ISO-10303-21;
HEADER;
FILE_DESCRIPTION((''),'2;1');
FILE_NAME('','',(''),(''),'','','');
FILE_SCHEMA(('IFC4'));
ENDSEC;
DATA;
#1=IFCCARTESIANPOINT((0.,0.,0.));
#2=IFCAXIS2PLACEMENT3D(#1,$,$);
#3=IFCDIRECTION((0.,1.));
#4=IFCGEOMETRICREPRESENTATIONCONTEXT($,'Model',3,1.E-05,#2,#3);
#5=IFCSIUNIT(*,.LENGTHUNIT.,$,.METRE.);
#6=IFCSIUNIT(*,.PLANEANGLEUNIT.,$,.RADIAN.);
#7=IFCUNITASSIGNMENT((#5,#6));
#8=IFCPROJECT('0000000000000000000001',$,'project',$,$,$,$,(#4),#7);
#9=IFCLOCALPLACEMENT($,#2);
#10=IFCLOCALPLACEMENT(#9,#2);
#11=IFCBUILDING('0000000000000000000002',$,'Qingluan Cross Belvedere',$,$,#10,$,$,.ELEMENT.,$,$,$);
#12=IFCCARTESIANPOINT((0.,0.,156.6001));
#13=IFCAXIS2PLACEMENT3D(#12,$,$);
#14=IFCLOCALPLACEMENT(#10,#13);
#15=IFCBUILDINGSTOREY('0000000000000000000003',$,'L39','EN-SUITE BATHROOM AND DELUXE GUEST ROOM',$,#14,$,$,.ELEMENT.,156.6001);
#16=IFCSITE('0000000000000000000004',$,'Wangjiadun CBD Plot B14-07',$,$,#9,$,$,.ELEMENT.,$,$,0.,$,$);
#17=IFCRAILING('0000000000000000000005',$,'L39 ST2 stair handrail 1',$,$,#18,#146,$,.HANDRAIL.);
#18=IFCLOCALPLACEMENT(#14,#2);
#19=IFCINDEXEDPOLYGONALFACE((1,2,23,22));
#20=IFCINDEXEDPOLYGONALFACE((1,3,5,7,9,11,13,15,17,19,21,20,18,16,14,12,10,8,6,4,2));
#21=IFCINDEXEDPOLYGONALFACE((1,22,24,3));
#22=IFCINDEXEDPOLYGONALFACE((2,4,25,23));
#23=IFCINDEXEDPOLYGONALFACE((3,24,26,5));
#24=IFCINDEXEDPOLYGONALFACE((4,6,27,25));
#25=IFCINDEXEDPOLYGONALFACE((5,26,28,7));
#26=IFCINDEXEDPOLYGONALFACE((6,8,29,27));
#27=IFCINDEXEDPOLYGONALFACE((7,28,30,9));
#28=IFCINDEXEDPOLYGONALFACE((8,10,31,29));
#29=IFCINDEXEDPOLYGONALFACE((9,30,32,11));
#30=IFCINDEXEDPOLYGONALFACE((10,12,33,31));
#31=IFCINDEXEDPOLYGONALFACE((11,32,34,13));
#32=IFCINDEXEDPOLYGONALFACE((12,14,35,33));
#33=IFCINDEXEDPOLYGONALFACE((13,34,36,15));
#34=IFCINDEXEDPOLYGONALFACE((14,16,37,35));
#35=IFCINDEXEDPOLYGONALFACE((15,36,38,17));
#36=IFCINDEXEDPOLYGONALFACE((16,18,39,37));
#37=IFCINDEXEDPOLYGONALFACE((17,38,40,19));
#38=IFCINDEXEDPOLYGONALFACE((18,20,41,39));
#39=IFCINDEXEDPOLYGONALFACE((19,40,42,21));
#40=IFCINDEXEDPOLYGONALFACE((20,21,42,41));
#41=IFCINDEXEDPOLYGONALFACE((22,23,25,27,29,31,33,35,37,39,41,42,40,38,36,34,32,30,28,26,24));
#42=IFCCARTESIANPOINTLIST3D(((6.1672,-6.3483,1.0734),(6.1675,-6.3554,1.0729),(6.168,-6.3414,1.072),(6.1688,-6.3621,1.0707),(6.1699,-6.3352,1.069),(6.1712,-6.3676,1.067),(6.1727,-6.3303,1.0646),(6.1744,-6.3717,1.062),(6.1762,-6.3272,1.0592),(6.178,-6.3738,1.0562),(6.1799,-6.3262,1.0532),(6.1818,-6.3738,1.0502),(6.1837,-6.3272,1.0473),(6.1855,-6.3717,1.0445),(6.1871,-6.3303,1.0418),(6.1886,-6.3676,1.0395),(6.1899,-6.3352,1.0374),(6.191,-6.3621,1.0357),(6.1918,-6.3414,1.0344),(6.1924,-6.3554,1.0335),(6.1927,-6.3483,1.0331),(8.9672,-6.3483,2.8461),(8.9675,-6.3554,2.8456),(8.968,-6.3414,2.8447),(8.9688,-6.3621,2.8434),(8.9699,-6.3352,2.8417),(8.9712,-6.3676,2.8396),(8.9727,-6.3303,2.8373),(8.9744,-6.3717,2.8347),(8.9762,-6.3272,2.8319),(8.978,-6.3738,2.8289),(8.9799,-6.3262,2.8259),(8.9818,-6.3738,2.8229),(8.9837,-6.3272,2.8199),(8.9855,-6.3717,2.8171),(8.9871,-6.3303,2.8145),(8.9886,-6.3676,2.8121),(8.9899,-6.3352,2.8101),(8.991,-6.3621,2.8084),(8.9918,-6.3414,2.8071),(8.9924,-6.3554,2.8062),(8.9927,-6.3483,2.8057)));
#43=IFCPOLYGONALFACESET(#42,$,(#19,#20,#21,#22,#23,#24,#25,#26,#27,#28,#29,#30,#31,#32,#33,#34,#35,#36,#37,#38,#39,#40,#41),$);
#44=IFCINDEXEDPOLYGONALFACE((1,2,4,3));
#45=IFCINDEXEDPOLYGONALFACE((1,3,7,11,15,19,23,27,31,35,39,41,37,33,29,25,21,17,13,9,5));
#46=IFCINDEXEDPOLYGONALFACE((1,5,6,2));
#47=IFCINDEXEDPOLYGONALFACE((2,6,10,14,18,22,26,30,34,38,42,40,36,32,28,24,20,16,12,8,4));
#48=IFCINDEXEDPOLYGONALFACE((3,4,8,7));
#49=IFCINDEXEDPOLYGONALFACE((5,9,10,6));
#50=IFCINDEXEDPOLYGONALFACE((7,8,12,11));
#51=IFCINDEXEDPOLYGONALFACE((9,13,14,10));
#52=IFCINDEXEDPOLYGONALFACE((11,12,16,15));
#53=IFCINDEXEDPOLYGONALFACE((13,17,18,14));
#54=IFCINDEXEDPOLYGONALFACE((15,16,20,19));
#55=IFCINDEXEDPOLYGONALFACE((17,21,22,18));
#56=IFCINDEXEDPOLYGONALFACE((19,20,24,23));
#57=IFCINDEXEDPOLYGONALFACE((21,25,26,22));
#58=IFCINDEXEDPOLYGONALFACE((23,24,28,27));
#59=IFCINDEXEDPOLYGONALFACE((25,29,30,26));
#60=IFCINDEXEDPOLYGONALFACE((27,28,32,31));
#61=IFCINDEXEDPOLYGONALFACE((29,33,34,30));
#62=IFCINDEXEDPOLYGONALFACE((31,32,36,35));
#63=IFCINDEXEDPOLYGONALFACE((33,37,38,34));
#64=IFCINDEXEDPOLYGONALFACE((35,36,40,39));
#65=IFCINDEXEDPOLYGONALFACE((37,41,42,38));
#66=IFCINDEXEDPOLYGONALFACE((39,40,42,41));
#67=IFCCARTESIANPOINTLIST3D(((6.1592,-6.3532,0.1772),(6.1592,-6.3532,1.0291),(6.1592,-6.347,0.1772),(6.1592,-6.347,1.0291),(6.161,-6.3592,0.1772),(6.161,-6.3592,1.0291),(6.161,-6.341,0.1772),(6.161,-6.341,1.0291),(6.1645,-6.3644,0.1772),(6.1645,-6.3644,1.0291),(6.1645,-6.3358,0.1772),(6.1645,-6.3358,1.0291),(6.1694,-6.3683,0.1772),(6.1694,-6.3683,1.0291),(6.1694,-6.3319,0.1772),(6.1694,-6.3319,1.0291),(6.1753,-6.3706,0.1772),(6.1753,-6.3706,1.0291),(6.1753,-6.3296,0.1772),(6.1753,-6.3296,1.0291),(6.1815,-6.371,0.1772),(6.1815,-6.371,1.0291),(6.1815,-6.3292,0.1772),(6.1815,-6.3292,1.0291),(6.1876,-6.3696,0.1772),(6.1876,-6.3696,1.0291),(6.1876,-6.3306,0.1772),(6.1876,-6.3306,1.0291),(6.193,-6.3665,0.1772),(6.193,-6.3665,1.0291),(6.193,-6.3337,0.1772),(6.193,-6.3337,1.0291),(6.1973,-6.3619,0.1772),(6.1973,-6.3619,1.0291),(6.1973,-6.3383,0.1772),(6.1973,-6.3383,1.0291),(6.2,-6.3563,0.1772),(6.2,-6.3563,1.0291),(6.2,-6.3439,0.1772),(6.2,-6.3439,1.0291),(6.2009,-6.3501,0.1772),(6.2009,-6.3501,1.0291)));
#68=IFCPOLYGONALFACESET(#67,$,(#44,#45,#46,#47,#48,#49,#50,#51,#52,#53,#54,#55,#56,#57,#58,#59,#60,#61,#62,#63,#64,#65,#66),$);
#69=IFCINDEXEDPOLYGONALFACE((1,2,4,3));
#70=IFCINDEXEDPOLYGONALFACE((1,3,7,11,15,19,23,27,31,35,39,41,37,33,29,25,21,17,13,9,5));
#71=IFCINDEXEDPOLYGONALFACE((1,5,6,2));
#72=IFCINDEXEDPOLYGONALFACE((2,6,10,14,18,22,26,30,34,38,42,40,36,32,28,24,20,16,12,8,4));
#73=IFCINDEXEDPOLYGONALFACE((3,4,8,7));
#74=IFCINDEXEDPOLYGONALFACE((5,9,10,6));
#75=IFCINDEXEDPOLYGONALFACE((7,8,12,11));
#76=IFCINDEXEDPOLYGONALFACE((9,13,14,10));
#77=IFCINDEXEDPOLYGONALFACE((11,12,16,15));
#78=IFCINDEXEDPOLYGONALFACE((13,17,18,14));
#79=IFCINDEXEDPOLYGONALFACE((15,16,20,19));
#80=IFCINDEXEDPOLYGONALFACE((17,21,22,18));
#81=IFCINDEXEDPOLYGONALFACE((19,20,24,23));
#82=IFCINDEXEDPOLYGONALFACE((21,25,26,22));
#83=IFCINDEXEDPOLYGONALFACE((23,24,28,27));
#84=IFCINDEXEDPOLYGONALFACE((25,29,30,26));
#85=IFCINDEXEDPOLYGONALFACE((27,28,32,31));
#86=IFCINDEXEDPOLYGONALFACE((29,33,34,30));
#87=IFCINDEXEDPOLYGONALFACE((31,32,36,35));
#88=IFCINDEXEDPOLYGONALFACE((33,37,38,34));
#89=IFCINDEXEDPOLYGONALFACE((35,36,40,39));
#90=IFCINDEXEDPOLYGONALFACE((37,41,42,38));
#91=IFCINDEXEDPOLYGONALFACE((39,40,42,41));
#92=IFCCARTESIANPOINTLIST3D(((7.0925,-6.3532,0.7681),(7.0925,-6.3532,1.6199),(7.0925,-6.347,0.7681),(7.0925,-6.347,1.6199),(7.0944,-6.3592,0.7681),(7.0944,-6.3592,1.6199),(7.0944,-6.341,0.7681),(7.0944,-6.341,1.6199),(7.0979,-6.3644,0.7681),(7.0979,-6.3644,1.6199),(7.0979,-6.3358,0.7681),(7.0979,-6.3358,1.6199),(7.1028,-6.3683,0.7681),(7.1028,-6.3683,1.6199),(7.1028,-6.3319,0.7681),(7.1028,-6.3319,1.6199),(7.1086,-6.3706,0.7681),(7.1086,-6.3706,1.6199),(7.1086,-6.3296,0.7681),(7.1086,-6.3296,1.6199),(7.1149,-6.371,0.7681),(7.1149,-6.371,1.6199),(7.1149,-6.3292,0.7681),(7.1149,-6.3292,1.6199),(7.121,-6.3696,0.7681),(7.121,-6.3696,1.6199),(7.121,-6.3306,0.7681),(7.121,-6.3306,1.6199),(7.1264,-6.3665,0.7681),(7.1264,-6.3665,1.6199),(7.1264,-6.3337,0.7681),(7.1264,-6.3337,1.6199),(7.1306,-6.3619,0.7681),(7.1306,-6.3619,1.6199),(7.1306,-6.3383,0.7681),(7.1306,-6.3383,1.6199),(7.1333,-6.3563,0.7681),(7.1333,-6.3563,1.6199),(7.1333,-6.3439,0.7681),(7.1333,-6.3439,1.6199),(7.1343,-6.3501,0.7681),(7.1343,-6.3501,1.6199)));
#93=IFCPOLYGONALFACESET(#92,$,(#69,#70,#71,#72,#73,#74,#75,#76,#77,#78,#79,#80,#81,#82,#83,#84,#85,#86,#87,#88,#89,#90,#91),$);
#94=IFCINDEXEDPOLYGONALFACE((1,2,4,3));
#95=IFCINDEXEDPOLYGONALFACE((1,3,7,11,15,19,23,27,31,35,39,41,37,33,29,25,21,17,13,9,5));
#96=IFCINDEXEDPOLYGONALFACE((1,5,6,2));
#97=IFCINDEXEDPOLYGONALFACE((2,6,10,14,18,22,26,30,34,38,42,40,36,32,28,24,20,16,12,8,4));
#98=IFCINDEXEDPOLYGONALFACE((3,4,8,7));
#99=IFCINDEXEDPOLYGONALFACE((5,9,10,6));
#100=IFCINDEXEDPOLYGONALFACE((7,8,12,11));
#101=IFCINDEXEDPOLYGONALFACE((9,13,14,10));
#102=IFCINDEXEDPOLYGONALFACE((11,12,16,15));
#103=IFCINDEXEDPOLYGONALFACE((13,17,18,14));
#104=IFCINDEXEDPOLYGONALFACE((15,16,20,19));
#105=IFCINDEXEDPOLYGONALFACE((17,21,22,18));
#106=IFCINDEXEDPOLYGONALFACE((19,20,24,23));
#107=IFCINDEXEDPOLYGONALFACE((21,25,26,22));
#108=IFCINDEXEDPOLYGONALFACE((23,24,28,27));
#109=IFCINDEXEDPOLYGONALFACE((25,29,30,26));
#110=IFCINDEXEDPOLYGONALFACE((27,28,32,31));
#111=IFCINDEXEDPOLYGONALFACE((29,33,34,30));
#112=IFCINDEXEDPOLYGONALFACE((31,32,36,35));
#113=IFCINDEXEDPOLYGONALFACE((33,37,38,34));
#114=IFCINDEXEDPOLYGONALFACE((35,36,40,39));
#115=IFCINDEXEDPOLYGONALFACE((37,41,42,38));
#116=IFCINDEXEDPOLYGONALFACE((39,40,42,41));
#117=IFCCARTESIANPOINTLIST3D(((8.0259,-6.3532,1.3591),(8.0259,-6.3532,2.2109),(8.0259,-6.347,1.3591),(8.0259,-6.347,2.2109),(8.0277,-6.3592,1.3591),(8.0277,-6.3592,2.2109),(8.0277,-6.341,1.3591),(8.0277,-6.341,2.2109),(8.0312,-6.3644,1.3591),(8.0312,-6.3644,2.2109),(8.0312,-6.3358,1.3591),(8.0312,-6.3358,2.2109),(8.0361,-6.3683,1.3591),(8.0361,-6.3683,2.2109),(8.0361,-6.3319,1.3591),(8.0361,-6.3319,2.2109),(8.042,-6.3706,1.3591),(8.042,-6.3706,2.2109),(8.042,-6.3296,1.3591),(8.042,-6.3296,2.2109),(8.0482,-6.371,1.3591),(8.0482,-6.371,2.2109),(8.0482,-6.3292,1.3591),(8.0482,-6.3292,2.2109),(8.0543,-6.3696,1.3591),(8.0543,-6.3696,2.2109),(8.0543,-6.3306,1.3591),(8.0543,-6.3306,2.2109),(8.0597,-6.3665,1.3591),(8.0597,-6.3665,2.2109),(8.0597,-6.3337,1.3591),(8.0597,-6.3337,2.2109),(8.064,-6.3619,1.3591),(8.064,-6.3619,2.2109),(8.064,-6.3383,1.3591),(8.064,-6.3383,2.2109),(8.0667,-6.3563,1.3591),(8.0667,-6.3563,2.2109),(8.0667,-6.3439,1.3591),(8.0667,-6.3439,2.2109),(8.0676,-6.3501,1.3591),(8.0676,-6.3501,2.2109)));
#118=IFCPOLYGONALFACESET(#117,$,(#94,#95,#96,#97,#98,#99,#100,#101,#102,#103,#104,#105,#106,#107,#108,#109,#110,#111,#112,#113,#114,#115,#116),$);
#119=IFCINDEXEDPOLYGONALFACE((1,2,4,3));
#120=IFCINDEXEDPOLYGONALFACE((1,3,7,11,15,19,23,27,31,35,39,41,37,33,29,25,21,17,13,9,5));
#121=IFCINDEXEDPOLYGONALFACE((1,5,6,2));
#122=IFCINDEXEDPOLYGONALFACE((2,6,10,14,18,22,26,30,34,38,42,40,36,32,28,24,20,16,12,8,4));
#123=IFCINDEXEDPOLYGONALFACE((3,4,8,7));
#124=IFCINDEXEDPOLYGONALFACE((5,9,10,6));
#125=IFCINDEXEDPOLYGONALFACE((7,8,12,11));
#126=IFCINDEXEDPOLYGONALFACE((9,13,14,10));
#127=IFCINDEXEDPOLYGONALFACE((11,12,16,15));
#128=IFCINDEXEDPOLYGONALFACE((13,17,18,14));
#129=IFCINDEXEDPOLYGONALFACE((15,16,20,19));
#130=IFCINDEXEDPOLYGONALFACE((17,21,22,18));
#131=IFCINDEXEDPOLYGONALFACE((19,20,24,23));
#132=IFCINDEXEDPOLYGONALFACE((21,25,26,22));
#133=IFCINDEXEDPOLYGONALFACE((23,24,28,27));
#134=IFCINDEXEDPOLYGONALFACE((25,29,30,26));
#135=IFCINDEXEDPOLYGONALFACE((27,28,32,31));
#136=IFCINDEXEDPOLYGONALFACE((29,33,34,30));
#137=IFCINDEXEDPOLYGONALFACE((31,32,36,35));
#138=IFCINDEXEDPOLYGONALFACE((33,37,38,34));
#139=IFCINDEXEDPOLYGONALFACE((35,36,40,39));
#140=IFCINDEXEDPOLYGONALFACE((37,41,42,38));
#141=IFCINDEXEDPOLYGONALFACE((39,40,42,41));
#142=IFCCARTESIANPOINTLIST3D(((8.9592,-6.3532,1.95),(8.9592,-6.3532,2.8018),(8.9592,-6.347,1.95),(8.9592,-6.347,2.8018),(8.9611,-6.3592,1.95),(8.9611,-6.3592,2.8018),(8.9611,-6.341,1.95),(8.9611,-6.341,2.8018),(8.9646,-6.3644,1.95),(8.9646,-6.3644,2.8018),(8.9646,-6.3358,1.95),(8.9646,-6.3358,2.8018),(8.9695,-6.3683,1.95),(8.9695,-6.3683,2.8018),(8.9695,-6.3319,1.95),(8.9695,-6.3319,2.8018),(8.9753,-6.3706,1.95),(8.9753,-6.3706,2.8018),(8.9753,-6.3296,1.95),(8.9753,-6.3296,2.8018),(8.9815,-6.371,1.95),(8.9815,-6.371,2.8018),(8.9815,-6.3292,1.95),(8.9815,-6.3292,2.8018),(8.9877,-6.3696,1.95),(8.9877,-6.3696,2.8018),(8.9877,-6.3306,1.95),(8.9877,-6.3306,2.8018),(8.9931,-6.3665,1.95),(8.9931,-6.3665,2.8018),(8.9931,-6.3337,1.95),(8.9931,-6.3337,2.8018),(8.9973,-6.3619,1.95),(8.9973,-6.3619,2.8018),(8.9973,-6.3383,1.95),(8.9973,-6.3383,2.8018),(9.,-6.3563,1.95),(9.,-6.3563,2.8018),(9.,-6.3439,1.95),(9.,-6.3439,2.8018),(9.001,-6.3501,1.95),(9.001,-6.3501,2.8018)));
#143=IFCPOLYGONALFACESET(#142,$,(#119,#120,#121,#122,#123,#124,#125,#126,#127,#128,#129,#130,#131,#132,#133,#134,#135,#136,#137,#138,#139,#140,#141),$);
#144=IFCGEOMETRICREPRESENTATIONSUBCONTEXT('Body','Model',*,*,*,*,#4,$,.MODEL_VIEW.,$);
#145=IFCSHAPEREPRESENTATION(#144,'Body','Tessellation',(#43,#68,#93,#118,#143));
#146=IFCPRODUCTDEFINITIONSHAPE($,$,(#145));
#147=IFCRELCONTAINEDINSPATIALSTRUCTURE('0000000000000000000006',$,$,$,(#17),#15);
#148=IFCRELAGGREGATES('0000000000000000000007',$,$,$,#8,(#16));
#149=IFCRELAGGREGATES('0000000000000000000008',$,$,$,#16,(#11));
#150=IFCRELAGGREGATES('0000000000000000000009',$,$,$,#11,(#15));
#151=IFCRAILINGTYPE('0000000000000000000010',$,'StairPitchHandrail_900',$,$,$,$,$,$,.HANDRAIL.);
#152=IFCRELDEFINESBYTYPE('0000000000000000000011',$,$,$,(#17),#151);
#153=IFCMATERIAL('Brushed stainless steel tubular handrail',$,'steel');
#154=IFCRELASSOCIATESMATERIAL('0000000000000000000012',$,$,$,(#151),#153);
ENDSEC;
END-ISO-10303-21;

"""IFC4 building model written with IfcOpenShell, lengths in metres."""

from ifc_helpers import new_model, si_unit, direction, frame, origin, origin_2d, place, context, subcontext, project, spatial, circle, extrude, material, type_object, element, save


model = new_model("IFC4")

# Units and contexts
model_context = context("Model", 3, precision=1e-05, world=origin(), true_north=direction((0.0, 1.0)))
body_context = subcontext(model_context, "Body", "Model", "MODEL_VIEW")
ifc_project = project(units=[si_unit("LENGTHUNIT", "METRE"), si_unit("PLANEANGLEUNIT", "RADIAN")], contexts=[model_context])

# Site, building, storey
site_placement = place(None, origin())
site = spatial("IfcSite", under=ifc_project, at=site_placement, Name="Wangjiadun CBD Plot B14-07", CompositionType="ELEMENT", RefElevation=0.0)
building_placement = place(site_placement, origin())
building = spatial("IfcBuilding", under=site, at=building_placement, Name="Qingluan Cross Belvedere", CompositionType="ELEMENT")
storey_placement = place(building_placement, frame((0.0, 0.0, 156.6001)))
storey = spatial("IfcBuildingStorey", under=building, at=storey_placement, Name="L39", Description="EN-SUITE BATHROOM AND DELUXE GUEST ROOM", CompositionType="ELEMENT", Elevation=156.6001)

# Railing
ifc_material_1 = material(Name="Brushed stainless steel tubular handrail", Category="steel")
railing_type_1 = type_object("IfcRailingType", Name="StairPitchHandrail_900", PredefinedType="HANDRAIL", material=ifc_material_1)
railing_1_placement = place(storey_placement, frame((6.1799, -6.3501, 0.1772)))
element("IfcRailing", 1, at=railing_1_placement, inside=storey, type_object=railing_type_1, Name="L39 ST2 stair handrail 1", PredefinedType="HANDRAIL", context=body_context, shape_type="SweptSolid", body=[
    extrude(circle(Radius=0.0239, at=origin_2d()), frame((0.0, 0.0, 0.876), z_axis=(0.844909, 0.0, 0.53491), x_axis=(0.0, 1.0, 0.0)), (0.0, 0.0, 1.0), 3.314),
    extrude(circle(Radius=0.021, at=origin_2d()), origin(), (0.0, 0.0, 1.0), 0.8518),
    extrude(circle(Radius=0.021, at=origin_2d()), frame((0.9333, 0.0, 0.5908)), (0.0, 0.0, 1.0), 0.8518),
    extrude(circle(Radius=0.021, at=origin_2d()), frame((1.8667, 0.0, 1.1819)), (0.0, 0.0, 1.0), 0.8518),
    extrude(circle(Radius=0.021, at=origin_2d()), frame((2.8, 0.0, 1.7727)), (0.0, 0.0, 1.0), 0.8518),
])

save(model, "model.ifc")
